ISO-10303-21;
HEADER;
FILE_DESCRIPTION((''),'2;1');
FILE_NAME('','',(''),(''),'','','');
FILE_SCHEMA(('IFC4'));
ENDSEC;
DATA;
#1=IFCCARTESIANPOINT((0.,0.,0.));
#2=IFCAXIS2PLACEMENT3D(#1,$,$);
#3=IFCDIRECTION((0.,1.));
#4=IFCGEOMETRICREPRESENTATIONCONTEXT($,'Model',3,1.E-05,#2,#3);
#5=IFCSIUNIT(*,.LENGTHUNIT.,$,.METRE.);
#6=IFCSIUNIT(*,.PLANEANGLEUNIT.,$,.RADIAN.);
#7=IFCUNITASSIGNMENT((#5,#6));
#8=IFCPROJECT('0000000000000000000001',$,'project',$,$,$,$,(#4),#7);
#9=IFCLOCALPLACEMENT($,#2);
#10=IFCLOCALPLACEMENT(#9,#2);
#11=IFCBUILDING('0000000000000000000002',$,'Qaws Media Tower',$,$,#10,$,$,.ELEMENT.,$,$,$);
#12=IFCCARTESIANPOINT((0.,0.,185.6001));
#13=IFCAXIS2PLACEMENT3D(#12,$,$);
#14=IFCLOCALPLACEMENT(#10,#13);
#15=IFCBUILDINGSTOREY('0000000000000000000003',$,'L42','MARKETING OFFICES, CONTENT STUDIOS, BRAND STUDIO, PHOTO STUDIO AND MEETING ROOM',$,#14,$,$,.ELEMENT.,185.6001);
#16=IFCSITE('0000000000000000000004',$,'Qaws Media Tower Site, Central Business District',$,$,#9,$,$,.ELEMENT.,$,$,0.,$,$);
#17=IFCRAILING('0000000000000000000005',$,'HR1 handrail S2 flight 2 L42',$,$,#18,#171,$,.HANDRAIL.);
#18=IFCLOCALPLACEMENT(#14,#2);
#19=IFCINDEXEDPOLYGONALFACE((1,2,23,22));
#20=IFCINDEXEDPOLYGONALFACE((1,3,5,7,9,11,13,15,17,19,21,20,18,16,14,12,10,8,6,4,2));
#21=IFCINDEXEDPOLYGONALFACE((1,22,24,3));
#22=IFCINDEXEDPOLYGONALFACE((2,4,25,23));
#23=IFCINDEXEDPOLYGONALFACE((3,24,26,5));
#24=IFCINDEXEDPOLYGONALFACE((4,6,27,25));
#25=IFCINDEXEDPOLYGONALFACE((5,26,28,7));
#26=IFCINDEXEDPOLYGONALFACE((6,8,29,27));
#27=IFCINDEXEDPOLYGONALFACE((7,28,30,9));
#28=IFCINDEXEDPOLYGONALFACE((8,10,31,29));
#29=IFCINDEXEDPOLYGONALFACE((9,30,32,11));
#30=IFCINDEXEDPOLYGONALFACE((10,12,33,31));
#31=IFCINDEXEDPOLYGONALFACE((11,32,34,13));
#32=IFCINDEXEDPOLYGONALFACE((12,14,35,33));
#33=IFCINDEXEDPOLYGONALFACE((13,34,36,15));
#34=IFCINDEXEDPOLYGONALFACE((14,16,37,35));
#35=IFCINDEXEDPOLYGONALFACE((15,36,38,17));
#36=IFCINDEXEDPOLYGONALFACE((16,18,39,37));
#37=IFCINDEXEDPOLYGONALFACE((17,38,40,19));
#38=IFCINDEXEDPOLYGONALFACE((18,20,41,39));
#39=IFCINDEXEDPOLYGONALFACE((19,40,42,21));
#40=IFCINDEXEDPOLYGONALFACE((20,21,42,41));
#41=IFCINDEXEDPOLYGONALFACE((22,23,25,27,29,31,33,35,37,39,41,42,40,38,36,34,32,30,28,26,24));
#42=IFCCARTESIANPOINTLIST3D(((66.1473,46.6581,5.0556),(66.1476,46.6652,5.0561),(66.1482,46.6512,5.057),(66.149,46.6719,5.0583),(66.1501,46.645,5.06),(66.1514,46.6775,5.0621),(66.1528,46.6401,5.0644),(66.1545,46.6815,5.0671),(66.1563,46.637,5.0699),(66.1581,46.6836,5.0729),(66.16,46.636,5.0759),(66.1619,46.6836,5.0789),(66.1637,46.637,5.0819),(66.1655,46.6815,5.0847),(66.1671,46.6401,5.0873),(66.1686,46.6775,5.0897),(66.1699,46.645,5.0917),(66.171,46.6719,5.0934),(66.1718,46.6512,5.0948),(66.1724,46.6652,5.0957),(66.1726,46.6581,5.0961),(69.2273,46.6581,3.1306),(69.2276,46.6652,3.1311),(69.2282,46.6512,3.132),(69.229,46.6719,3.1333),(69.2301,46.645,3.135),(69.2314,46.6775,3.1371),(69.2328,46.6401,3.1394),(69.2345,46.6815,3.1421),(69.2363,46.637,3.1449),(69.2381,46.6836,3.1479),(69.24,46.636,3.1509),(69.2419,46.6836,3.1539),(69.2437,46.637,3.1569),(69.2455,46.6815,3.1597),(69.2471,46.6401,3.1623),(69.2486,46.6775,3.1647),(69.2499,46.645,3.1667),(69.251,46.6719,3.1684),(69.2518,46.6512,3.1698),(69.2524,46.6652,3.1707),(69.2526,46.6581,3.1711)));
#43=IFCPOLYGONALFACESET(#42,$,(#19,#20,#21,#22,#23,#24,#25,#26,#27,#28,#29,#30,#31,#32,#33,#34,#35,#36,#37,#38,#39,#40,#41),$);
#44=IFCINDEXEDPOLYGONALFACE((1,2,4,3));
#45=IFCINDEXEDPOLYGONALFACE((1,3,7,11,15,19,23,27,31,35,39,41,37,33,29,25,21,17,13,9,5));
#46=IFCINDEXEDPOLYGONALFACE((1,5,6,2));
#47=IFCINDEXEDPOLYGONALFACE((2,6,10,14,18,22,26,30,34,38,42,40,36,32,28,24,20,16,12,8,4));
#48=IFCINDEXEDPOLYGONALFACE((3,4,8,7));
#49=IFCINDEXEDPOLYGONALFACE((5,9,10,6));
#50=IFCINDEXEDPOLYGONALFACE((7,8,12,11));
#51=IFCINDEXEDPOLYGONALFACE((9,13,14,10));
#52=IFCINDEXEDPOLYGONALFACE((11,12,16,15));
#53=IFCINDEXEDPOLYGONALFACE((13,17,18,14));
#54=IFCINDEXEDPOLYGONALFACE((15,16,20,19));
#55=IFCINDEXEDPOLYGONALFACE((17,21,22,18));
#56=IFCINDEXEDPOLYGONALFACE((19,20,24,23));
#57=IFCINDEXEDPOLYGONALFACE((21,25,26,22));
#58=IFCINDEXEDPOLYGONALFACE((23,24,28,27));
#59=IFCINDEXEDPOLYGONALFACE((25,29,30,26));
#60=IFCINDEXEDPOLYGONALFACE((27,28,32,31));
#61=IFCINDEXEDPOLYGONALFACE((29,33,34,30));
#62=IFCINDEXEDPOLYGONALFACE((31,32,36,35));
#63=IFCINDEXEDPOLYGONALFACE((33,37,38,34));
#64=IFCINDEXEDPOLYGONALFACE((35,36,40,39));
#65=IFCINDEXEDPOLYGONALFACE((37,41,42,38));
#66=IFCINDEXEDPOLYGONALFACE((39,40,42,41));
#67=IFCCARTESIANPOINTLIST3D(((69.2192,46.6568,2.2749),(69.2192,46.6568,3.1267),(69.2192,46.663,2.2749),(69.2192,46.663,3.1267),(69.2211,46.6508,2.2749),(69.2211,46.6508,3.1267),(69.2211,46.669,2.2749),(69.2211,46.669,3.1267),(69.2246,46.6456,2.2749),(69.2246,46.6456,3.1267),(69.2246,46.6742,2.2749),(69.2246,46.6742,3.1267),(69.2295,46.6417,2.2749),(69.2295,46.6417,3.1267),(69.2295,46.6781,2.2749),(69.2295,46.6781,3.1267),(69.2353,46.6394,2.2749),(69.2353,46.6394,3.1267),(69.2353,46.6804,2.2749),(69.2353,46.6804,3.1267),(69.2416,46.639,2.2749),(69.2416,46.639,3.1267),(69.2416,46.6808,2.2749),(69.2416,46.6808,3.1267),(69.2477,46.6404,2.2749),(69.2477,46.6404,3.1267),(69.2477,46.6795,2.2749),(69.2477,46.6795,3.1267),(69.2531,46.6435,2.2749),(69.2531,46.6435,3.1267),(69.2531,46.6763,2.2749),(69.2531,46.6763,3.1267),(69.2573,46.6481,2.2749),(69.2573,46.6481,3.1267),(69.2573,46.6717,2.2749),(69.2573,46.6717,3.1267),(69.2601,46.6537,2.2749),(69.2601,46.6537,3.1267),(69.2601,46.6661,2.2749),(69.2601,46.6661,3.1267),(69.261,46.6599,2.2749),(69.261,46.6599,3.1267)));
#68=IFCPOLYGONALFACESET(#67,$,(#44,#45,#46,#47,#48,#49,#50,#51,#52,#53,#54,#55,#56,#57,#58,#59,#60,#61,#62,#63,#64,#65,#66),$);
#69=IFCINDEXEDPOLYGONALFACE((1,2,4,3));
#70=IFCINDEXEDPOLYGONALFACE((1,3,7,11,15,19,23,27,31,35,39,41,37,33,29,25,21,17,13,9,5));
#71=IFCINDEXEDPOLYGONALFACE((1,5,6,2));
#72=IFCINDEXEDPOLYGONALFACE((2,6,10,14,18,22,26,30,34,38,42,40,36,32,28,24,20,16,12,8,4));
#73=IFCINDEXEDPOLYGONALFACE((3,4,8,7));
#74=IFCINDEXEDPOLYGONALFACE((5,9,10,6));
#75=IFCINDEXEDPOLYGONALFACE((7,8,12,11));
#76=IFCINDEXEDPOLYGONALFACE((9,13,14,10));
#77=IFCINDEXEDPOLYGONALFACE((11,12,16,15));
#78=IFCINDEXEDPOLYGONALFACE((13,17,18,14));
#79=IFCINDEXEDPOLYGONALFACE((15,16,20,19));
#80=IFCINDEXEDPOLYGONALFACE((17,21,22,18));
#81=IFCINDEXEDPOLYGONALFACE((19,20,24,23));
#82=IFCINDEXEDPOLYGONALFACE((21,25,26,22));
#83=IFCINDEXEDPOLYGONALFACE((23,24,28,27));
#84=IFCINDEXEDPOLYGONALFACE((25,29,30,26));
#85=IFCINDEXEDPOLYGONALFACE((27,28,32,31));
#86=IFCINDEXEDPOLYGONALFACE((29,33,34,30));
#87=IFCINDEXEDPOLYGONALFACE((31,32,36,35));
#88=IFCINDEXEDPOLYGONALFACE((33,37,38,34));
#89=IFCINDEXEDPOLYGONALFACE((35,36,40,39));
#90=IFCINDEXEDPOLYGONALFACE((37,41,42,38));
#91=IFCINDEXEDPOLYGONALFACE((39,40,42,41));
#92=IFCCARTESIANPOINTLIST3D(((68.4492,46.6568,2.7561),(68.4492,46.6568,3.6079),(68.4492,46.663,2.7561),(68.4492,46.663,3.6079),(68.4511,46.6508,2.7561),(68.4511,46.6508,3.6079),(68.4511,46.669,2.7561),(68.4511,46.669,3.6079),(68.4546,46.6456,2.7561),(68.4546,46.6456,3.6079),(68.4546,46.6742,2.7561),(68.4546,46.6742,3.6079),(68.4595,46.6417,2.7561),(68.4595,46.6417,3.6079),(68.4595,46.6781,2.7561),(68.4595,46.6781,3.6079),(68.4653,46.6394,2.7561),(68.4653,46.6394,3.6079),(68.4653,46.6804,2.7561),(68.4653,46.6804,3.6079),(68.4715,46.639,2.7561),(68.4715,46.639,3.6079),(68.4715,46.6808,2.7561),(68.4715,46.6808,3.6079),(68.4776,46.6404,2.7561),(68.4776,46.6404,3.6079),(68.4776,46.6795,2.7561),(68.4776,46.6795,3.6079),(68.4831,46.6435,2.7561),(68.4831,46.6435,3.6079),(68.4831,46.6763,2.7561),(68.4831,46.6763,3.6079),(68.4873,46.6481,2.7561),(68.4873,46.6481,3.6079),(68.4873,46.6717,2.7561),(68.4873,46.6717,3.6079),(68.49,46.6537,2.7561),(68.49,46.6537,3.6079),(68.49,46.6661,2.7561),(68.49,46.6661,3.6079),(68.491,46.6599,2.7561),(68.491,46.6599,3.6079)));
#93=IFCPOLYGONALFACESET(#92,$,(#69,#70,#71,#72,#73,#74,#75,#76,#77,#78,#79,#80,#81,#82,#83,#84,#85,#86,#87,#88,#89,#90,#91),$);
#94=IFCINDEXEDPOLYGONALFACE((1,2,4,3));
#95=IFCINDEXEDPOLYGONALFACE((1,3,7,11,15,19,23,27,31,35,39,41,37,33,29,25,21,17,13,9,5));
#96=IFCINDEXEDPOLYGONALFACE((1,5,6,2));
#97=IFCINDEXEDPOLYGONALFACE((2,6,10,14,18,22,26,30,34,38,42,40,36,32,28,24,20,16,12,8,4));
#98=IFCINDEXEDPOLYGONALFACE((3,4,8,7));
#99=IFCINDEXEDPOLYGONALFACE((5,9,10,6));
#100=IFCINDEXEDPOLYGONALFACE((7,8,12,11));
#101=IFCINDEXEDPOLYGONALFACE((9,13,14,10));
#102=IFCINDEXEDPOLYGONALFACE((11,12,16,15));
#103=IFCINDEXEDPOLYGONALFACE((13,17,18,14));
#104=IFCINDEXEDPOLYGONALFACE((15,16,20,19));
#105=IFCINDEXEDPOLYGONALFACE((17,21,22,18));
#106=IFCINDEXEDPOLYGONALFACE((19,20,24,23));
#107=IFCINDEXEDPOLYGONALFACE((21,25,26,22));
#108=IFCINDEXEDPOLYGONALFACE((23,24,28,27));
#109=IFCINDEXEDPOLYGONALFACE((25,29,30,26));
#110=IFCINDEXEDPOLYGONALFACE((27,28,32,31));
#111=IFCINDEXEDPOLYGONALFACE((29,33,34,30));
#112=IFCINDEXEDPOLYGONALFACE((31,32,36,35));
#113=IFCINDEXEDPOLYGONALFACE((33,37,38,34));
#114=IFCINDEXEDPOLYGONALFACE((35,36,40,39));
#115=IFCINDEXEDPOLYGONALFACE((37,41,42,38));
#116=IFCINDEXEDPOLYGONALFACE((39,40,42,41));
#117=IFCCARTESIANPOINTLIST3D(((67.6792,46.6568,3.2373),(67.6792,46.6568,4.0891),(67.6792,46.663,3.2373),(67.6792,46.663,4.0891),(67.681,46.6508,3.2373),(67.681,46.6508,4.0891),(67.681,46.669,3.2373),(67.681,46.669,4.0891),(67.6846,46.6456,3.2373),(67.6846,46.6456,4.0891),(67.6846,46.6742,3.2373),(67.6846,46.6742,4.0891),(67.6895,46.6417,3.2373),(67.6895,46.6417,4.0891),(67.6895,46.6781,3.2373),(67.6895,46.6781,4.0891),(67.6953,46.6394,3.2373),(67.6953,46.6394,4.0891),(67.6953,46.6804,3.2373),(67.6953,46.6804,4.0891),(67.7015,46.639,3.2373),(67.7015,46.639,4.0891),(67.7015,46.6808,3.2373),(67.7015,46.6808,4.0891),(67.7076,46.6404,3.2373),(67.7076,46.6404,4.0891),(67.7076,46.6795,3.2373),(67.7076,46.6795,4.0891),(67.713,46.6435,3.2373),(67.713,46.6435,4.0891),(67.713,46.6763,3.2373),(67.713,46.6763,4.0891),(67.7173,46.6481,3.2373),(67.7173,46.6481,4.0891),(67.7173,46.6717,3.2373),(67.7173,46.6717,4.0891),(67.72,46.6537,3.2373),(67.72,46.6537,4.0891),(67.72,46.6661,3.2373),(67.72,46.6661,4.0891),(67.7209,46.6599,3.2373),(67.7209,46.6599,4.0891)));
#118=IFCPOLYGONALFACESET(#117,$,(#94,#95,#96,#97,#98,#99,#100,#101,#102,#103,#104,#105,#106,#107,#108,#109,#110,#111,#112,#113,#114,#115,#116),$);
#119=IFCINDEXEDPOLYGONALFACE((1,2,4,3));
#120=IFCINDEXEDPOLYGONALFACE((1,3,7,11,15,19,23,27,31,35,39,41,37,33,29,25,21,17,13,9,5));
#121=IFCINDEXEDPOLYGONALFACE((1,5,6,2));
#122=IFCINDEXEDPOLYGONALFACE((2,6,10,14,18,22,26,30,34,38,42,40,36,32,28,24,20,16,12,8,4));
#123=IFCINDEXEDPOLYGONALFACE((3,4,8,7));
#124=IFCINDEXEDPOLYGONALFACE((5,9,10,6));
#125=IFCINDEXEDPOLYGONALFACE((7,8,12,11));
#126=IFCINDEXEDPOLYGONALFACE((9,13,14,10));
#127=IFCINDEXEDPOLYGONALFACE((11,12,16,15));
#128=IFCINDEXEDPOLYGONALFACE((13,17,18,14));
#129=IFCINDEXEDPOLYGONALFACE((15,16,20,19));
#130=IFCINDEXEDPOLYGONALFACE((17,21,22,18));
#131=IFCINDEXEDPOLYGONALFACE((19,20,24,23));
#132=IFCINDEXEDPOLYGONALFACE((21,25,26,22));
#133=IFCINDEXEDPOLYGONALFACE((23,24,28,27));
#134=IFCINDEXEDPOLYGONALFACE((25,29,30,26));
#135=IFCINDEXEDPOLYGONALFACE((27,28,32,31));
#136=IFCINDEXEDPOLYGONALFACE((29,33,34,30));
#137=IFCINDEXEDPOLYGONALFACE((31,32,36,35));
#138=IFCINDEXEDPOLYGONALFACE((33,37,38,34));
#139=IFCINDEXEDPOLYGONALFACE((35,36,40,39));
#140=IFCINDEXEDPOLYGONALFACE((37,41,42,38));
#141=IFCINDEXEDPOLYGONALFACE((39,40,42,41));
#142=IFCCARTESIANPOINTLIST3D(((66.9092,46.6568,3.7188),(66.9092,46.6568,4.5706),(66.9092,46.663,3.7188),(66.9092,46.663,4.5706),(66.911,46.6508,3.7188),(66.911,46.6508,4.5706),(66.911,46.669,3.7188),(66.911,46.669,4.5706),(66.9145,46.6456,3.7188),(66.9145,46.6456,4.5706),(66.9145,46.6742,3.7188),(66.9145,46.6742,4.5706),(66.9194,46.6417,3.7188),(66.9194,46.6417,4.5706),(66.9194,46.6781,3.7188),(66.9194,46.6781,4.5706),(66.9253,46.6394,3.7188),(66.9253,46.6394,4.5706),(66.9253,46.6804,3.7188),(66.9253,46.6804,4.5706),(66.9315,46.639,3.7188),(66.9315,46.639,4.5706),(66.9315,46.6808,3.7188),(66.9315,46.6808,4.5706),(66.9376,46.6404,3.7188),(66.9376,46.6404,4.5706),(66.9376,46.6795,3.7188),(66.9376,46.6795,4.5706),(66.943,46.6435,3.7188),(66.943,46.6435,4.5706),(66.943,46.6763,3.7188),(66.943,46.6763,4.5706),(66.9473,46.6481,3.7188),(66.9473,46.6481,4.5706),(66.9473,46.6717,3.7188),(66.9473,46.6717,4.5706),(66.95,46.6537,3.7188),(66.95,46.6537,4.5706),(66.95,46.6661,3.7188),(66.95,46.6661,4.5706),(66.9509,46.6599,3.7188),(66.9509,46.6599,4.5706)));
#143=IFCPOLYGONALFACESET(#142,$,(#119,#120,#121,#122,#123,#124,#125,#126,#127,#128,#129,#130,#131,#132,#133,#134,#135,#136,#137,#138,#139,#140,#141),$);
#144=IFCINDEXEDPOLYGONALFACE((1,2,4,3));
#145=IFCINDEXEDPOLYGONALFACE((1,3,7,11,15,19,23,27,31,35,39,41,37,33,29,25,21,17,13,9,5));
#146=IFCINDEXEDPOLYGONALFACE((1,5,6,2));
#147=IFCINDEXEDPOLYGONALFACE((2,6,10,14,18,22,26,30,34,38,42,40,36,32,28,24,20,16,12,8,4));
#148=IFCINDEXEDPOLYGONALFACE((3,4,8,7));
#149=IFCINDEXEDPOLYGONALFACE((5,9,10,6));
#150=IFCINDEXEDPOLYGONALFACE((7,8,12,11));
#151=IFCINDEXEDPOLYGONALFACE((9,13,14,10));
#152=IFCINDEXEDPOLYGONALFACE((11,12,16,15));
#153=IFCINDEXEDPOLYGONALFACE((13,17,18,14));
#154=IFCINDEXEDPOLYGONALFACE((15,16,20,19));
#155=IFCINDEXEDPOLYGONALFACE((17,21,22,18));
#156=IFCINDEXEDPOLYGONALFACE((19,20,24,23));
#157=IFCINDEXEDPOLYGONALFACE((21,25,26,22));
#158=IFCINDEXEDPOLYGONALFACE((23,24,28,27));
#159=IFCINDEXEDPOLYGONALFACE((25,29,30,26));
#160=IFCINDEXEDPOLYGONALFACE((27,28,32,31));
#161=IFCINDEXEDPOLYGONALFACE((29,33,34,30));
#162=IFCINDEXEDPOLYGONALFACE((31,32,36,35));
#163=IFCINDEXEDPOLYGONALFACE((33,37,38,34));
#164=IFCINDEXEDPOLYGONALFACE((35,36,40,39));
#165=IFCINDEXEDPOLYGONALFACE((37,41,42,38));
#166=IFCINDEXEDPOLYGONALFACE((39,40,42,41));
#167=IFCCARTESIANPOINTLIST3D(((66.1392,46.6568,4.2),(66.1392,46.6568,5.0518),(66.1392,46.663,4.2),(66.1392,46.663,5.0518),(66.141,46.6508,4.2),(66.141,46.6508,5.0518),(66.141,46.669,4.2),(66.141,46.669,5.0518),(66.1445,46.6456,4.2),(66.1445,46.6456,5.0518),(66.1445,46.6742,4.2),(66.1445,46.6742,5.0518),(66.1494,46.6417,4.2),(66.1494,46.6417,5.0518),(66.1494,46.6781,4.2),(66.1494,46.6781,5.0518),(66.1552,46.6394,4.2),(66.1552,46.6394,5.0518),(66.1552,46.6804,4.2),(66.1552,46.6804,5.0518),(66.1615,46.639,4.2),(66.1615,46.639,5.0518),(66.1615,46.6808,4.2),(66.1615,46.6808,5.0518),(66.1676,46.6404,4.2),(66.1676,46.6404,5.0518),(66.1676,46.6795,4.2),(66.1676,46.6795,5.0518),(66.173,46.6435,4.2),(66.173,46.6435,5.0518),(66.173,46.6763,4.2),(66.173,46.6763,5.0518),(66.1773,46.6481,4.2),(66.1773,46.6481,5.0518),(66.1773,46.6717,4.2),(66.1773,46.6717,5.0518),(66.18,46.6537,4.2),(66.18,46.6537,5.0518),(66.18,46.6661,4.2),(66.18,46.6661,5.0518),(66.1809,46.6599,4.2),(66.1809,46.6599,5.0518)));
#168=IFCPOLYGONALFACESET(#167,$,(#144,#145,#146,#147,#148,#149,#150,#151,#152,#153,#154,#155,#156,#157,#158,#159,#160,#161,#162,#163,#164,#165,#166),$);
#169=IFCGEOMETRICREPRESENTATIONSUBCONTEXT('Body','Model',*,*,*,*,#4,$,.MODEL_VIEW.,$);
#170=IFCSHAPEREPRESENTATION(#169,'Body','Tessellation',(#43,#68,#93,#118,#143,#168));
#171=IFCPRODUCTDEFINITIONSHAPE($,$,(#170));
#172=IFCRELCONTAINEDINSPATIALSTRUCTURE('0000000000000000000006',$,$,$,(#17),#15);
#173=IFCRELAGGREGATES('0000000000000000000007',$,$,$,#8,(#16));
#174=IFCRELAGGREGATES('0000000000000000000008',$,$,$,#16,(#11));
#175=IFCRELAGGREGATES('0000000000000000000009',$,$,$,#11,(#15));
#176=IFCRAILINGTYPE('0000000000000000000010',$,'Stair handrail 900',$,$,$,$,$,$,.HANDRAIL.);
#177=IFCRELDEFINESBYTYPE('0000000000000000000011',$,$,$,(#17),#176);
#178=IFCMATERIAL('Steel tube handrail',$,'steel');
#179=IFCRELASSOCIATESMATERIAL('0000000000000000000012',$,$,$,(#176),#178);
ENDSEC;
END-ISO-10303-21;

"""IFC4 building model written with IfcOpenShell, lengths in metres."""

from ifc_helpers import new_model, si_unit, direction, frame, origin, origin_2d, place, context, subcontext, project, spatial, circle, extrude, material, type_object, element, save


model = new_model("IFC4")

# Units and contexts
model_context = context("Model", 3, precision=1e-05, world=origin(), true_north=direction((0.0, 1.0)))
body_context = subcontext(model_context, "Body", "Model", "MODEL_VIEW")
ifc_project = project(units=[si_unit("LENGTHUNIT", "METRE"), si_unit("PLANEANGLEUNIT", "RADIAN")], contexts=[model_context])

# Site, building, storey
site_placement = place(None, origin())
site = spatial("IfcSite", under=ifc_project, at=site_placement, Name="Qaws Media Tower Site, Central Business District", CompositionType="ELEMENT", RefElevation=0.0)
building_placement = place(site_placement, origin())
building = spatial("IfcBuilding", under=site, at=building_placement, Name="Qaws Media Tower", CompositionType="ELEMENT")
storey_placement = place(building_placement, frame((0.0, 0.0, 185.6001)))
storey = spatial("IfcBuildingStorey", under=building, at=storey_placement, Name="L42", Description="MARKETING OFFICES, CONTENT STUDIOS, BRAND STUDIO, PHOTO STUDIO AND MEETING ROOM", CompositionType="ELEMENT", Elevation=185.6001)

# Railing
ifc_material_1 = material(Name="Steel tube handrail", Category="steel")
railing_type = type_object("IfcRailingType", Name="Stair handrail 900", PredefinedType="HANDRAIL", material=ifc_material_1)
for number, where, name in (
    (1, (69.24, 46.6599, 2.2749), "HR1 handrail S2 flight 2 L42"),
):
    element("IfcRailing", number, at=place(storey_placement, frame(where)), inside=storey, type_object=railing_type, Name=name, PredefinedType="HANDRAIL", context=body_context, shape_type="SweptSolid", body=[
        extrude(circle(Radius=0.0239, at=origin_2d()), frame((0.0, 0.0, 0.876), z_axis=(-0.847998, 0.0, 0.529999), x_axis=(0.0, -1.0, 0.0)), (0.0, 0.0, 1.0), 3.6321),
        extrude(circle(Radius=0.021, at=origin_2d()), origin(), (0.0, 0.0, 1.0), 0.8518),
        extrude(circle(Radius=0.021, at=origin_2d()), frame((-0.77, 0.0, 0.4812)), (0.0, 0.0, 1.0), 0.8518),
        extrude(circle(Radius=0.021, at=origin_2d()), frame((-1.54, 0.0, 0.9624)), (0.0, 0.0, 1.0), 0.8518),
        extrude(circle(Radius=0.021, at=origin_2d()), frame((-2.3101, 0.0, 1.4438)), (0.0, 0.0, 1.0), 0.8518),
        extrude(circle(Radius=0.021, at=origin_2d()), frame((-3.0801, 0.0, 1.925)), (0.0, 0.0, 1.0), 0.8518),
    ])

save(model, "model.ifc")
